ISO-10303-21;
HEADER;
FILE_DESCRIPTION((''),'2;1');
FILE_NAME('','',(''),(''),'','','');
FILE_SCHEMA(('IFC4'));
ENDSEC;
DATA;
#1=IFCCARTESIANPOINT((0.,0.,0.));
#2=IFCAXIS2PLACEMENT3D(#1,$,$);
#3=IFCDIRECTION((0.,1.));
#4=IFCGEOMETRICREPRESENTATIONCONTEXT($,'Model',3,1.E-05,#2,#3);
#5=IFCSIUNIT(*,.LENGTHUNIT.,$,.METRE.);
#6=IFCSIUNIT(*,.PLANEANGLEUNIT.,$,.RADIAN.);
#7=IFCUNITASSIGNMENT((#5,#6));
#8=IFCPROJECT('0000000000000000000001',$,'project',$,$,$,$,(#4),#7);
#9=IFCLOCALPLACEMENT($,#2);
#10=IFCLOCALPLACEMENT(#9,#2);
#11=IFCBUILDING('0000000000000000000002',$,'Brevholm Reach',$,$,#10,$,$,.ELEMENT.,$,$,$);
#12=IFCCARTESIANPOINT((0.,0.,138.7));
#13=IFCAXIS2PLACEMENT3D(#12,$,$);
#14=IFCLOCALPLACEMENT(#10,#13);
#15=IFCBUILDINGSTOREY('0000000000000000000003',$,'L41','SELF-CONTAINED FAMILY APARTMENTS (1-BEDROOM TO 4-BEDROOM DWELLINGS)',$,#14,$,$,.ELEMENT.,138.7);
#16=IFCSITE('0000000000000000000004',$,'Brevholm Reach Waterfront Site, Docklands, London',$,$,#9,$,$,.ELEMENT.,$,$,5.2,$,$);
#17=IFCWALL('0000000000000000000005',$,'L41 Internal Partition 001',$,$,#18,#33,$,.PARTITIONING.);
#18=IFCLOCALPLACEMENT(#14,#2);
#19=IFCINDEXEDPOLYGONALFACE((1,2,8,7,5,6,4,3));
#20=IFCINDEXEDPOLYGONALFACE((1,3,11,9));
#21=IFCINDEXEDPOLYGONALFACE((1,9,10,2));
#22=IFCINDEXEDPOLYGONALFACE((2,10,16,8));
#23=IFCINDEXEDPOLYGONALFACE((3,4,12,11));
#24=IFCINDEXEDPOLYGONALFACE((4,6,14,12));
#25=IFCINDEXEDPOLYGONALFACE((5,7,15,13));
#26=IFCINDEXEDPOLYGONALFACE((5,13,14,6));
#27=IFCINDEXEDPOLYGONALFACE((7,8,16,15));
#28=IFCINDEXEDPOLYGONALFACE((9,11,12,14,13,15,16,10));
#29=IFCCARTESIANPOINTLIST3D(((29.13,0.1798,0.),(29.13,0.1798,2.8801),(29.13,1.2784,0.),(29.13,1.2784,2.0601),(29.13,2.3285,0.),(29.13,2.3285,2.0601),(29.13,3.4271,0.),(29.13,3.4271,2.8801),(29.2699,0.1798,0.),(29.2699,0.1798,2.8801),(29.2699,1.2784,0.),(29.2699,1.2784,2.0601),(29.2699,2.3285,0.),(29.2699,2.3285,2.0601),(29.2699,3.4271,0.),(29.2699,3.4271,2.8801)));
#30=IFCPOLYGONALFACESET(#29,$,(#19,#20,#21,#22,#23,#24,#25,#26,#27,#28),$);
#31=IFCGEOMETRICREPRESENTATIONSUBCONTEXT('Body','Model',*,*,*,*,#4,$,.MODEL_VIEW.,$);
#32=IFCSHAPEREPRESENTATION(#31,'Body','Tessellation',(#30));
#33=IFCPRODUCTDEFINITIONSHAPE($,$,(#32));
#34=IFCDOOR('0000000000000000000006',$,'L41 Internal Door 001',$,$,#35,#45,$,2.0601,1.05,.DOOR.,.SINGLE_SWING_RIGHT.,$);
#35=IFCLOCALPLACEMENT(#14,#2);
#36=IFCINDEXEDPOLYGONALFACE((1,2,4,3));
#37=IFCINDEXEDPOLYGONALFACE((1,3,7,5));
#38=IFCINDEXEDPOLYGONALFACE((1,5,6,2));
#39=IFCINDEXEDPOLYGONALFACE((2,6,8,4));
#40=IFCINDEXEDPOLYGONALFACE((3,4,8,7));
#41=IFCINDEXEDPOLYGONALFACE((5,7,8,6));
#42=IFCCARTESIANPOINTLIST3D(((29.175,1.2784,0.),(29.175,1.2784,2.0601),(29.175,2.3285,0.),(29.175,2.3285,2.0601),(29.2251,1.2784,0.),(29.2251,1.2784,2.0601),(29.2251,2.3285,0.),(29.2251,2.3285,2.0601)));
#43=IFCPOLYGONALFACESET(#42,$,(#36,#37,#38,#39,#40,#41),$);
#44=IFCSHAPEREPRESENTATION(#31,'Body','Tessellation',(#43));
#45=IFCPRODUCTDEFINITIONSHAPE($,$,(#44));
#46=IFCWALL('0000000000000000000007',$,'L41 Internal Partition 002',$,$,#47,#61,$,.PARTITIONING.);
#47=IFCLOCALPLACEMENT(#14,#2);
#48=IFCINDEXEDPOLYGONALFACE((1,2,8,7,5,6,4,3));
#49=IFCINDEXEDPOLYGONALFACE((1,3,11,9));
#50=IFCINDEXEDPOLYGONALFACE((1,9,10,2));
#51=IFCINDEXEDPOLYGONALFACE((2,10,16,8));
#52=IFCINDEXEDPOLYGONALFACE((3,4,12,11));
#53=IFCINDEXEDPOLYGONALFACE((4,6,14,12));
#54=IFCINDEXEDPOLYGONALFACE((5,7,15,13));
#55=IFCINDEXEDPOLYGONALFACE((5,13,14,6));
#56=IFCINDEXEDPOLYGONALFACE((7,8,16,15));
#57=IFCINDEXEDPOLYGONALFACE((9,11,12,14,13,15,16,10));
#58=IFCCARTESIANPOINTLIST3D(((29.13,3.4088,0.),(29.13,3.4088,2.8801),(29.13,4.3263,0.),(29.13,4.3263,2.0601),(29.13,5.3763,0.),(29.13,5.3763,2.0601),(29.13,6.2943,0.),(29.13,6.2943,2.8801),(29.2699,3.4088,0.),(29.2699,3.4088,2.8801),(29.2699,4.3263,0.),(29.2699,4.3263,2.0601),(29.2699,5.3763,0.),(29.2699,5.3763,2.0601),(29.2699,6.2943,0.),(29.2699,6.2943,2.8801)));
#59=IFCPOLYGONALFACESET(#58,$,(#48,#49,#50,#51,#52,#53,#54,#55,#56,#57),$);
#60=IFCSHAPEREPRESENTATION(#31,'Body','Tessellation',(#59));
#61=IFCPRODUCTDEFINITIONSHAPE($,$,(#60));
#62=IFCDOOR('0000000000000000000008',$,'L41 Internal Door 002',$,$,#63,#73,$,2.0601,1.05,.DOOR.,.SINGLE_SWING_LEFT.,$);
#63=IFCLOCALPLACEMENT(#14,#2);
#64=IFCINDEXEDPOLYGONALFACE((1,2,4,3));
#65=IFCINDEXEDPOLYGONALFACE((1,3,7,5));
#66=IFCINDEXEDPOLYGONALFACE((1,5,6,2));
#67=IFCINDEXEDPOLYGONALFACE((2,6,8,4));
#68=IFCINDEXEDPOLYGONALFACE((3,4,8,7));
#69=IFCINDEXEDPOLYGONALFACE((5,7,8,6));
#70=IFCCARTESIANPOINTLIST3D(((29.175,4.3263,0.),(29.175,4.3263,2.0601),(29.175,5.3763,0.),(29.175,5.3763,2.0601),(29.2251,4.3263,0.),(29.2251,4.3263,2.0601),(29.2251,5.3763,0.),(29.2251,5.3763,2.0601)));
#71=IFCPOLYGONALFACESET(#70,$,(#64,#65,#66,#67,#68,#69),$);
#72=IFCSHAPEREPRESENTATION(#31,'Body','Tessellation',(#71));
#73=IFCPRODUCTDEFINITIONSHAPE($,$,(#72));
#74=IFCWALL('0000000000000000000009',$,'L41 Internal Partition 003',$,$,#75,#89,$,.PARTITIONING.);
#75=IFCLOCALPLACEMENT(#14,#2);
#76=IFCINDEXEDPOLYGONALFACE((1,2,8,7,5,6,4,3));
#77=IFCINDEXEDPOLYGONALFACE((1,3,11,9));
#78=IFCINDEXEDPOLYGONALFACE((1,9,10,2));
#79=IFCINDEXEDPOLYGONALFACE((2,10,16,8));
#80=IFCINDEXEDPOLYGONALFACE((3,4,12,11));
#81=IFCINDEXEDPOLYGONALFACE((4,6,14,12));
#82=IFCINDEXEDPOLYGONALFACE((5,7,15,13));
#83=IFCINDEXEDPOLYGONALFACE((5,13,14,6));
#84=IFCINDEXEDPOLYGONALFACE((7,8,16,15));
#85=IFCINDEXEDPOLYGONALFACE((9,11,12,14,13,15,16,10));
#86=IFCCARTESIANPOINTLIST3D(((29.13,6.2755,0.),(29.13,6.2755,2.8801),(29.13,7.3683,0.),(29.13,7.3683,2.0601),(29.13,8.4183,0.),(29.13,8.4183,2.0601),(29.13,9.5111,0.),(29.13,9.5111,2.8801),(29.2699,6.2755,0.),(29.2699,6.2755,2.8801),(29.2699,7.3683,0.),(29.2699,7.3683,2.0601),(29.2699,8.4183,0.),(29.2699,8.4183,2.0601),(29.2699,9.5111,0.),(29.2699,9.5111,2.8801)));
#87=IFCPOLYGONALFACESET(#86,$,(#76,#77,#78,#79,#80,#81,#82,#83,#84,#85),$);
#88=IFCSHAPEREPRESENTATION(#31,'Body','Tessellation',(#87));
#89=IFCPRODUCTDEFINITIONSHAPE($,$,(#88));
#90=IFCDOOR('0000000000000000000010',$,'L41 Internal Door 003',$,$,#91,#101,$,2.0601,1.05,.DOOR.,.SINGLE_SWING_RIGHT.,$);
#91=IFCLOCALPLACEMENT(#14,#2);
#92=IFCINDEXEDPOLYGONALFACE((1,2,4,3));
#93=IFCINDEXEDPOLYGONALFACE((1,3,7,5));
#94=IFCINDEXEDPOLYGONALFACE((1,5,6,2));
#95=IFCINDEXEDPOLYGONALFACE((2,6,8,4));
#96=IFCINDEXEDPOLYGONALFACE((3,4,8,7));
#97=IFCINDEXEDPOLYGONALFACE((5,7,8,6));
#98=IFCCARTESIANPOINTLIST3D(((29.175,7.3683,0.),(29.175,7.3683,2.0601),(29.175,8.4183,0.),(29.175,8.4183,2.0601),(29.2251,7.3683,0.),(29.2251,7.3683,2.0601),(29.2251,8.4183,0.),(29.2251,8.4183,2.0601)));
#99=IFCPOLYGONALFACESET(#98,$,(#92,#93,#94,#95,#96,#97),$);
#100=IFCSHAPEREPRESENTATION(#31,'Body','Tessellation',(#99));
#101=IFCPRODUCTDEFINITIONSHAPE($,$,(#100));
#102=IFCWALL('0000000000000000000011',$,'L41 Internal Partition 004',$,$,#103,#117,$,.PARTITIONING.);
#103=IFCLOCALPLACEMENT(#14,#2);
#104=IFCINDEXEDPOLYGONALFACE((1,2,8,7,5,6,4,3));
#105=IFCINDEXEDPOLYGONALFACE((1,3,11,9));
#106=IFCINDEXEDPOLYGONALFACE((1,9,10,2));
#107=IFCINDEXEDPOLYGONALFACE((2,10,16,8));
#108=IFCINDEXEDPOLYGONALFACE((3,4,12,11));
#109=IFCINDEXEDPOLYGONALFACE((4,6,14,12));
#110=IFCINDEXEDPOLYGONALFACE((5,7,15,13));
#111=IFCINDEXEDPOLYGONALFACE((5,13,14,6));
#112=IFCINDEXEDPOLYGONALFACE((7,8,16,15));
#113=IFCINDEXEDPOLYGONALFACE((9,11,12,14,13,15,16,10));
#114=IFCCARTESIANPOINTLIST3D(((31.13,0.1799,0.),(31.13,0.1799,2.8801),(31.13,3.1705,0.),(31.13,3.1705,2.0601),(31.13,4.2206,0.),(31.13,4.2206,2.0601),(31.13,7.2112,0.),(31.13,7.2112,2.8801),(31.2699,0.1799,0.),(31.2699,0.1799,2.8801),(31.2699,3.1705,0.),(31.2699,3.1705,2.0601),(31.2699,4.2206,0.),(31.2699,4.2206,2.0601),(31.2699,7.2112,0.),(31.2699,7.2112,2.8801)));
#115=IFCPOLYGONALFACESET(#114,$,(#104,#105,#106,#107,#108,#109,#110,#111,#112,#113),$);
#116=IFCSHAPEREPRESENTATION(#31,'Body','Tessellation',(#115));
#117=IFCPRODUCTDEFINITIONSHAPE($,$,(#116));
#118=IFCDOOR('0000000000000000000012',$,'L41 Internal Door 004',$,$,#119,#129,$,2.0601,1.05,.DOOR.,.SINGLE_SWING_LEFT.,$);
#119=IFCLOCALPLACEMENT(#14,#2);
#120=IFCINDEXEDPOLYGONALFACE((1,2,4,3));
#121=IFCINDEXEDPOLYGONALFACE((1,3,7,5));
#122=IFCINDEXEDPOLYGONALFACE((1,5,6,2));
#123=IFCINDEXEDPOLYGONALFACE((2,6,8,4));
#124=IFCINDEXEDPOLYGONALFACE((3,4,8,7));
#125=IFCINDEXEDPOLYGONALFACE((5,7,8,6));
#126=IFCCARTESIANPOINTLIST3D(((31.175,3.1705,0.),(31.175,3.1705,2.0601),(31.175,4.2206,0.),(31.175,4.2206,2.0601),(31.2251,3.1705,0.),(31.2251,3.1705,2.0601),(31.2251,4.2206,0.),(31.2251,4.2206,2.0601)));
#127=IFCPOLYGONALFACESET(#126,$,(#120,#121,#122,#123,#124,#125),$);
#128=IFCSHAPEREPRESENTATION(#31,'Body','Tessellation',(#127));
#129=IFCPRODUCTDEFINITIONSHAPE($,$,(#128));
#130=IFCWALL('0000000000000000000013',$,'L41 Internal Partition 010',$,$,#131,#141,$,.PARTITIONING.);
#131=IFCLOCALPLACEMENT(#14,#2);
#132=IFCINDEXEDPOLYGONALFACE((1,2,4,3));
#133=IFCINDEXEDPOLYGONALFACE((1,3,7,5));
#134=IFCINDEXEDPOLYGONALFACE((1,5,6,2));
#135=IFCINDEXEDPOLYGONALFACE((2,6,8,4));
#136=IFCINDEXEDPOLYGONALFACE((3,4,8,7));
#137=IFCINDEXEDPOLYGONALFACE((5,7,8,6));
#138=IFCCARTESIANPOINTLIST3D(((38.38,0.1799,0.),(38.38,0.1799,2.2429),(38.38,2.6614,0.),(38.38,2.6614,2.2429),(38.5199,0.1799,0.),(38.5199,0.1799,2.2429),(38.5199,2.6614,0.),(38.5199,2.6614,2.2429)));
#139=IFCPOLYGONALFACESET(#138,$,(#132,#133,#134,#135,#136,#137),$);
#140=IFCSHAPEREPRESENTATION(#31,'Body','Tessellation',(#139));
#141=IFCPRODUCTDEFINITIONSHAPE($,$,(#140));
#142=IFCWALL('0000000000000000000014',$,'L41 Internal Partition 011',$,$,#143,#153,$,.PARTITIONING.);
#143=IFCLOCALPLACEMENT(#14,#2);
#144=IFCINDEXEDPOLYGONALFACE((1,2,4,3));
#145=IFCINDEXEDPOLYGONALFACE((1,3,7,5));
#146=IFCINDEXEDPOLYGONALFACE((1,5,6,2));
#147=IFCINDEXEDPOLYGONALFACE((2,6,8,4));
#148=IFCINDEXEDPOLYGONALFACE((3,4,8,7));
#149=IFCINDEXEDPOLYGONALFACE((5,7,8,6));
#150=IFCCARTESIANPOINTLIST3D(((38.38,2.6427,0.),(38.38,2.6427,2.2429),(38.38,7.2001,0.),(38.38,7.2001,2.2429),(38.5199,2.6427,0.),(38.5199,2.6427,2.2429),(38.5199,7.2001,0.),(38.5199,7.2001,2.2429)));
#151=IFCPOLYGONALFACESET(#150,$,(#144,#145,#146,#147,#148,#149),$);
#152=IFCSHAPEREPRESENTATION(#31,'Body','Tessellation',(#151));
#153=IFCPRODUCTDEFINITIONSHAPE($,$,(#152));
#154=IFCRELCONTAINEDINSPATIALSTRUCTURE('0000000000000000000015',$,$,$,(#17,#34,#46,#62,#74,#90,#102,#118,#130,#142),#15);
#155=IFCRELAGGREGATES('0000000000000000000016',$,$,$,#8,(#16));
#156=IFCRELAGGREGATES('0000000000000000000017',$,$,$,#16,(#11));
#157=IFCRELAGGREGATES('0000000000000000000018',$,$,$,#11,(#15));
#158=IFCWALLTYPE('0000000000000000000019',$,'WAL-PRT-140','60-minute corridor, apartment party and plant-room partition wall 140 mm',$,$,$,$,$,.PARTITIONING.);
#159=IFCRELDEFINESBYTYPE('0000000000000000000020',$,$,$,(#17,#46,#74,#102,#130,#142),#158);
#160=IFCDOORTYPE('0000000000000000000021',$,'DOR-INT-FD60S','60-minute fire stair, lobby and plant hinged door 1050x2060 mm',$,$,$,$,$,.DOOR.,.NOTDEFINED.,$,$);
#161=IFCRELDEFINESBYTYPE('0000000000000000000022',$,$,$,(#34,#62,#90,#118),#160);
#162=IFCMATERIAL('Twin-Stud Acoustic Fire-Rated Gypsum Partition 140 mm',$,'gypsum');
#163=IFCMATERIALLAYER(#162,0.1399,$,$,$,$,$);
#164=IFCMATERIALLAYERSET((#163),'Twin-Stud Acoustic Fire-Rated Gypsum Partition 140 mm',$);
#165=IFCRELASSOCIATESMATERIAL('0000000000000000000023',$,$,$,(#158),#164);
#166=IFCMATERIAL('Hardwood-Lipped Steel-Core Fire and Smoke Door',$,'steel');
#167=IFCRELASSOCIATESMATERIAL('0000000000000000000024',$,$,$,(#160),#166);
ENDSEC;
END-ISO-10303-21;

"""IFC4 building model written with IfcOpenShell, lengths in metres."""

from ifc_helpers import new_model, si_unit, direction, frame, frame_2d, origin, place, context, subcontext, project, spatial, rectangle, extrude, material, layer, layer_set, type_object, element, fill, save


model = new_model("IFC4")

# Units and contexts
model_context = context("Model", 3, precision=1e-05, world=origin(), true_north=direction((0.0, 1.0)))
body_context = subcontext(model_context, "Body", "Model", "MODEL_VIEW")
ifc_project = project(units=[si_unit("LENGTHUNIT", "METRE"), si_unit("PLANEANGLEUNIT", "RADIAN")], contexts=[model_context])

# Site, building, storey
site_placement = place(None, origin())
site = spatial("IfcSite", under=ifc_project, at=site_placement, Name="Brevholm Reach Waterfront Site, Docklands, London", CompositionType="ELEMENT", RefElevation=5.2)
building_placement = place(site_placement, origin())
building = spatial("IfcBuilding", under=site, at=building_placement, Name="Brevholm Reach", CompositionType="ELEMENT")
storey_placement = place(building_placement, frame((0.0, 0.0, 138.7)))
storey = spatial("IfcBuildingStorey", under=building, at=storey_placement, Name="L41", Description="SELF-CONTAINED FAMILY APARTMENTS (1-BEDROOM TO 4-BEDROOM DWELLINGS)", CompositionType="ELEMENT", Elevation=138.7)

# Walls, openings, doors
ifc_material_1 = material(Name="Twin-Stud Acoustic Fire-Rated Gypsum Partition 140 mm", Category="gypsum")
ifc_layer = layer(ifc_material_1, 0.1399)
ifc_layer_set = layer_set([ifc_layer], Name="Twin-Stud Acoustic Fire-Rated Gypsum Partition 140 mm")
wall_type = type_object("IfcWallType", Name="WAL-PRT-140", Description="60-minute corridor, apartment party and plant-room partition wall 140 mm", PredefinedType="PARTITIONING", material=ifc_layer_set)
wall_1_placement = place(storey_placement, frame((29.2, 0.1799, 0.0), z_axis=(0.0, 0.0, 1.0), x_axis=(0.0, 1.0, 0.0)))
wall_1 = element("IfcWall", 1, at=wall_1_placement, inside=storey, type_object=wall_type, Name="L41 Internal Partition 001", PredefinedType="PARTITIONING", context=body_context, shape_type="SweptSolid", body=[
    extrude(rectangle(XDim=3.2473, YDim=0.1399, at=frame_2d((1.6235, 0.0))), origin(), (0.0, 0.0, 1.0), 2.8801),
])
opening_1_placement = place(wall_1_placement, frame((1.0986, 0.0, 0.0)))
opening_1 = element("IfcOpeningElement", 2, at=opening_1_placement, cuts=wall_1, PredefinedType="OPENING", context=body_context, shape_type="SweptSolid", body=[
    extrude(rectangle(XDim=1.05, YDim=2.0601, at=frame_2d((0.5249, 1.03))), frame((0.0, 0.0798, 0.0), z_axis=(0.0, -1.0, 0.0), x_axis=(1.0, 0.0, 0.0)), (0.0, 0.0, 1.0), 0.1599),
])
ifc_material_2 = material(Name="Hardwood-Lipped Steel-Core Fire and Smoke Door", Category="steel")
door_type = type_object("IfcDoorType", Name="DOR-INT-FD60S", Description="60-minute fire stair, lobby and plant hinged door 1050x2060 mm", OperationType="NOTDEFINED", PredefinedType="DOOR", material=ifc_material_2)
door_1_placement = place(opening_1_placement, origin())
door_1 = element("IfcDoor", 3, at=door_1_placement, inside=storey, type_object=door_type, Name="L41 Internal Door 001", OperationType="SINGLE_SWING_RIGHT", OverallHeight=2.0601, OverallWidth=1.05, PredefinedType="DOOR", context=body_context, shape_type="SweptSolid", body=[
    extrude(rectangle(XDim=1.05, YDim=2.0601, at=frame_2d((0.5249, 1.03))), frame((0.0, 0.0249, 0.0), z_axis=(0.0, -1.0, 0.0), x_axis=(1.0, 0.0, 0.0)), (0.0, 0.0, 1.0), 0.05),
])
fill(opening_1, door_1)
wall_2_placement = place(storey_placement, frame((29.2, 3.4087, 0.0), z_axis=(0.0, 0.0, 1.0), x_axis=(0.0, 1.0, 0.0)))
wall_2 = element("IfcWall", 4, at=wall_2_placement, inside=storey, type_object=wall_type, Name="L41 Internal Partition 002", PredefinedType="PARTITIONING", context=body_context, shape_type="SweptSolid", body=[
    extrude(rectangle(XDim=2.8855, YDim=0.1399, at=frame_2d((1.4429, 0.0))), origin(), (0.0, 0.0, 1.0), 2.8801),
])
opening_2_placement = place(wall_2_placement, frame((0.9177, 0.0, 0.0)))
opening_2 = element("IfcOpeningElement", 5, at=opening_2_placement, cuts=wall_2, PredefinedType="OPENING", context=body_context, shape_type="SweptSolid", body=[
    extrude(rectangle(XDim=1.05, YDim=2.0601, at=frame_2d((0.5249, 1.03))), frame((0.0, 0.0798, 0.0), z_axis=(0.0, -1.0, 0.0), x_axis=(1.0, 0.0, 0.0)), (0.0, 0.0, 1.0), 0.1599),
])
door_2_placement = place(opening_2_placement, origin())
door_2 = element("IfcDoor", 6, at=door_2_placement, inside=storey, type_object=door_type, Name="L41 Internal Door 002", OperationType="SINGLE_SWING_LEFT", OverallHeight=2.0601, OverallWidth=1.05, PredefinedType="DOOR", context=body_context, shape_type="SweptSolid", body=[
    extrude(rectangle(XDim=1.05, YDim=2.0601, at=frame_2d((0.5249, 1.03))), frame((0.0, 0.0249, 0.0), z_axis=(0.0, -1.0, 0.0), x_axis=(1.0, 0.0, 0.0)), (0.0, 0.0, 1.0), 0.05),
])
fill(opening_2, door_2)
wall_3_placement = place(storey_placement, frame((29.2, 6.2756, 0.0), z_axis=(0.0, 0.0, 1.0), x_axis=(0.0, 1.0, 0.0)))
wall_3 = element("IfcWall", 7, at=wall_3_placement, inside=storey, type_object=wall_type, Name="L41 Internal Partition 003", PredefinedType="PARTITIONING", context=body_context, shape_type="SweptSolid", body=[
    extrude(rectangle(XDim=3.2356, YDim=0.1399, at=frame_2d((1.6177, 0.0))), origin(), (0.0, 0.0, 1.0), 2.8801),
])
opening_3_placement = place(wall_3_placement, frame((1.0928, 0.0, 0.0)))
opening_3 = element("IfcOpeningElement", 8, at=opening_3_placement, cuts=wall_3, PredefinedType="OPENING", context=body_context, shape_type="SweptSolid", body=[
    extrude(rectangle(XDim=1.05, YDim=2.0601, at=frame_2d((0.5249, 1.03))), frame((0.0, 0.0798, 0.0), z_axis=(0.0, -1.0, 0.0), x_axis=(1.0, 0.0, 0.0)), (0.0, 0.0, 1.0), 0.1599),
])
door_3_placement = place(opening_3_placement, origin())
door_3 = element("IfcDoor", 9, at=door_3_placement, inside=storey, type_object=door_type, Name="L41 Internal Door 003", OperationType="SINGLE_SWING_RIGHT", OverallHeight=2.0601, OverallWidth=1.05, PredefinedType="DOOR", context=body_context, shape_type="SweptSolid", body=[
    extrude(rectangle(XDim=1.05, YDim=2.0601, at=frame_2d((0.5249, 1.03))), frame((0.0, 0.0249, 0.0), z_axis=(0.0, -1.0, 0.0), x_axis=(1.0, 0.0, 0.0)), (0.0, 0.0, 1.0), 0.05),
])
fill(opening_3, door_3)
wall_4_placement = place(storey_placement, frame((31.2, 0.1799, 0.0), z_axis=(0.0, 0.0, 1.0), x_axis=(0.0, 1.0, 0.0)))
wall_4 = element("IfcWall", 10, at=wall_4_placement, inside=storey, type_object=wall_type, Name="L41 Internal Partition 004", PredefinedType="PARTITIONING", context=body_context, shape_type="SweptSolid", body=[
    extrude(rectangle(XDim=7.0312, YDim=0.1399, at=frame_2d((3.5156, 0.0))), origin(), (0.0, 0.0, 1.0), 2.8801),
])
opening_4_placement = place(wall_4_placement, frame((2.9907, 0.0, 0.0)))
opening_4 = element("IfcOpeningElement", 11, at=opening_4_placement, cuts=wall_4, PredefinedType="OPENING", context=body_context, shape_type="SweptSolid", body=[
    extrude(rectangle(XDim=1.05, YDim=2.0601, at=frame_2d((0.5249, 1.03))), frame((0.0, 0.0798, 0.0), z_axis=(0.0, -1.0, 0.0), x_axis=(1.0, 0.0, 0.0)), (0.0, 0.0, 1.0), 0.1599),
])
door_4_placement = place(opening_4_placement, origin())
door_4 = element("IfcDoor", 12, at=door_4_placement, inside=storey, type_object=door_type, Name="L41 Internal Door 004", OperationType="SINGLE_SWING_LEFT", OverallHeight=2.0601, OverallWidth=1.05, PredefinedType="DOOR", context=body_context, shape_type="SweptSolid", body=[
    extrude(rectangle(XDim=1.05, YDim=2.0601, at=frame_2d((0.5249, 1.03))), frame((0.0, 0.0249, 0.0), z_axis=(0.0, -1.0, 0.0), x_axis=(1.0, 0.0, 0.0)), (0.0, 0.0, 1.0), 0.05),
])
fill(opening_4, door_4)

# Walls
wall_5_placement = place(storey_placement, frame((38.45, 0.1799, 0.0), z_axis=(0.0, 0.0, 1.0), x_axis=(0.0, 1.0, 0.0)))
element("IfcWall", 13, at=wall_5_placement, inside=storey, type_object=wall_type, Name="L41 Internal Partition 010", PredefinedType="PARTITIONING", context=body_context, shape_type="SweptSolid", body=[
    extrude(rectangle(XDim=2.4814, YDim=0.1399, at=frame_2d((1.2407, 0.0))), origin(), (0.0, 0.0, 1.0), 2.2429),
])
wall_6_placement = place(storey_placement, frame((38.45, 2.6426, 0.0), z_axis=(0.0, 0.0, 1.0), x_axis=(0.0, 1.0, 0.0)))
element("IfcWall", 14, at=wall_6_placement, inside=storey, type_object=wall_type, Name="L41 Internal Partition 011", PredefinedType="PARTITIONING", context=body_context, shape_type="SweptSolid", body=[
    extrude(rectangle(XDim=4.5574, YDim=0.1399, at=frame_2d((2.2788, 0.0))), origin(), (0.0, 0.0, 1.0), 2.2429),
])

save(model, "model.ifc")
